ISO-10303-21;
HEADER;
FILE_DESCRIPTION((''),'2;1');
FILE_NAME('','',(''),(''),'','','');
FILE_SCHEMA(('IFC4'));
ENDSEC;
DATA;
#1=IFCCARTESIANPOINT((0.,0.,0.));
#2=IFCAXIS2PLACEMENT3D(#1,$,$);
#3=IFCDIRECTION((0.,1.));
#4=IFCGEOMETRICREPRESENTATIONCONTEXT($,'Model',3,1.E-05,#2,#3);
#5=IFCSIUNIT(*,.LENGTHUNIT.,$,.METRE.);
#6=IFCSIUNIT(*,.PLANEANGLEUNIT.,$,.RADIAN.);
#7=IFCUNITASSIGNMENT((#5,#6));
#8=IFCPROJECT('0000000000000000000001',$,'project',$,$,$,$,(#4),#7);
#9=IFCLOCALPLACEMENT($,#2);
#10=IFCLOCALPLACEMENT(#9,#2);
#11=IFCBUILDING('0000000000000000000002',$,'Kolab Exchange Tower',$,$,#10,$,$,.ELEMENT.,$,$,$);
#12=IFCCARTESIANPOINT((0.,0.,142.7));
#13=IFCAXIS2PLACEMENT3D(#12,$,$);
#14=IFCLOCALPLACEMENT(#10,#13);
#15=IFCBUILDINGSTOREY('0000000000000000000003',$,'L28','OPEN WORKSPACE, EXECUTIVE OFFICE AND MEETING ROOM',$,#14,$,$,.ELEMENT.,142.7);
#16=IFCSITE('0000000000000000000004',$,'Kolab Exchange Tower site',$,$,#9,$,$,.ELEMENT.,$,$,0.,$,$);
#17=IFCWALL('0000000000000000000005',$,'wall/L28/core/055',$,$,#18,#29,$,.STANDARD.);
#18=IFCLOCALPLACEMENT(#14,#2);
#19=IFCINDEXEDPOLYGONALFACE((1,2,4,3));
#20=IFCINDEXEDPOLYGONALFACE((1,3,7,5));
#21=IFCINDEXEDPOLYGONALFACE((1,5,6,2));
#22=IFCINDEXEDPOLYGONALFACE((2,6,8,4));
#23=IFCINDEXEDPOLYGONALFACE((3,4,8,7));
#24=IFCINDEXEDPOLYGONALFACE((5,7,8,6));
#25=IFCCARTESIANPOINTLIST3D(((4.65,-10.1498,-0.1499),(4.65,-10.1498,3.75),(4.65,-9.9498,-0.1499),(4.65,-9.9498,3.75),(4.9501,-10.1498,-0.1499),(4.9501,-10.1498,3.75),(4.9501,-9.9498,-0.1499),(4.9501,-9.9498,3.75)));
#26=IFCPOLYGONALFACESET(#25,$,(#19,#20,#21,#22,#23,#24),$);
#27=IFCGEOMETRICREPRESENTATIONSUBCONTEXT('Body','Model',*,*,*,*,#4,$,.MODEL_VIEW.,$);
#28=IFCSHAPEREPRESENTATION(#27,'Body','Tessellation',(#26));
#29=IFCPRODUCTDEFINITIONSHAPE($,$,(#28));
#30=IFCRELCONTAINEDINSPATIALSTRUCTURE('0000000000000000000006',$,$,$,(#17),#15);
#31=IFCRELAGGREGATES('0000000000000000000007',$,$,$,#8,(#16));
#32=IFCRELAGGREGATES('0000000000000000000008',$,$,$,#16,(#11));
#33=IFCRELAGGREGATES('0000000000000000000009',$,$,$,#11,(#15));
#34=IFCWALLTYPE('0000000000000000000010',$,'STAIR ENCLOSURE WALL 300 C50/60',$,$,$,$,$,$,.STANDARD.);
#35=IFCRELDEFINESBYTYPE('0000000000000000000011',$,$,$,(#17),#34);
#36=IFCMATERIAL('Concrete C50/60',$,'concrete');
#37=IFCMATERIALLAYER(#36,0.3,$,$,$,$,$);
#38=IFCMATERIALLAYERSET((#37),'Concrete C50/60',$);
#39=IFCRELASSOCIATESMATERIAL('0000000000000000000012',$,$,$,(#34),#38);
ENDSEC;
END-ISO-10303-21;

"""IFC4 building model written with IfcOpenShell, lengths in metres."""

from ifc_helpers import new_model, si_unit, direction, frame, frame_2d, origin, place, context, subcontext, project, spatial, rectangle, extrude, material, layer, layer_set, type_object, element, save


model = new_model("IFC4")

# Units and contexts
model_context = context("Model", 3, precision=1e-05, world=origin(), true_north=direction((0.0, 1.0)))
body_context = subcontext(model_context, "Body", "Model", "MODEL_VIEW")
ifc_project = project(units=[si_unit("LENGTHUNIT", "METRE"), si_unit("PLANEANGLEUNIT", "RADIAN")], contexts=[model_context])

# Site, building, storey
site_placement = place(None, origin())
site = spatial("IfcSite", under=ifc_project, at=site_placement, Name="Kolab Exchange Tower site", CompositionType="ELEMENT", RefElevation=0.0)
building_placement = place(site_placement, origin())
building = spatial("IfcBuilding", under=site, at=building_placement, Name="Kolab Exchange Tower", CompositionType="ELEMENT")
storey_placement = place(building_placement, frame((0.0, 0.0, 142.7)))
storey = spatial("IfcBuildingStorey", under=building, at=storey_placement, Name="L28", Description="OPEN WORKSPACE, EXECUTIVE OFFICE AND MEETING ROOM", CompositionType="ELEMENT", Elevation=142.7)

# Wall
ifc_material_1 = material(Name="Concrete C50/60", Category="concrete")
ifc_layer_1 = layer(ifc_material_1, 0.3)
ifc_layer_set_1 = layer_set([ifc_layer_1], Name="Concrete C50/60")
wall_type_1 = type_object("IfcWallType", Name="STAIR ENCLOSURE WALL 300 C50/60", PredefinedType="STANDARD", material=ifc_layer_set_1)
wall_1_placement = place(storey_placement, frame((4.8, -10.1499, -0.1499), z_axis=(0.0, 0.0, 1.0), x_axis=(0.0, 1.0, 0.0)))
element("IfcWall", 1, at=wall_1_placement, inside=storey, type_object=wall_type_1, Name="wall/L28/core/055", PredefinedType="STANDARD", context=body_context, shape_type="SweptSolid", body=[
    extrude(rectangle(XDim=0.2, YDim=0.3, at=frame_2d((0.1001, 0.0))), origin(), (0.0, 0.0, 1.0), 3.8999),
])

save(model, "model.ifc")
